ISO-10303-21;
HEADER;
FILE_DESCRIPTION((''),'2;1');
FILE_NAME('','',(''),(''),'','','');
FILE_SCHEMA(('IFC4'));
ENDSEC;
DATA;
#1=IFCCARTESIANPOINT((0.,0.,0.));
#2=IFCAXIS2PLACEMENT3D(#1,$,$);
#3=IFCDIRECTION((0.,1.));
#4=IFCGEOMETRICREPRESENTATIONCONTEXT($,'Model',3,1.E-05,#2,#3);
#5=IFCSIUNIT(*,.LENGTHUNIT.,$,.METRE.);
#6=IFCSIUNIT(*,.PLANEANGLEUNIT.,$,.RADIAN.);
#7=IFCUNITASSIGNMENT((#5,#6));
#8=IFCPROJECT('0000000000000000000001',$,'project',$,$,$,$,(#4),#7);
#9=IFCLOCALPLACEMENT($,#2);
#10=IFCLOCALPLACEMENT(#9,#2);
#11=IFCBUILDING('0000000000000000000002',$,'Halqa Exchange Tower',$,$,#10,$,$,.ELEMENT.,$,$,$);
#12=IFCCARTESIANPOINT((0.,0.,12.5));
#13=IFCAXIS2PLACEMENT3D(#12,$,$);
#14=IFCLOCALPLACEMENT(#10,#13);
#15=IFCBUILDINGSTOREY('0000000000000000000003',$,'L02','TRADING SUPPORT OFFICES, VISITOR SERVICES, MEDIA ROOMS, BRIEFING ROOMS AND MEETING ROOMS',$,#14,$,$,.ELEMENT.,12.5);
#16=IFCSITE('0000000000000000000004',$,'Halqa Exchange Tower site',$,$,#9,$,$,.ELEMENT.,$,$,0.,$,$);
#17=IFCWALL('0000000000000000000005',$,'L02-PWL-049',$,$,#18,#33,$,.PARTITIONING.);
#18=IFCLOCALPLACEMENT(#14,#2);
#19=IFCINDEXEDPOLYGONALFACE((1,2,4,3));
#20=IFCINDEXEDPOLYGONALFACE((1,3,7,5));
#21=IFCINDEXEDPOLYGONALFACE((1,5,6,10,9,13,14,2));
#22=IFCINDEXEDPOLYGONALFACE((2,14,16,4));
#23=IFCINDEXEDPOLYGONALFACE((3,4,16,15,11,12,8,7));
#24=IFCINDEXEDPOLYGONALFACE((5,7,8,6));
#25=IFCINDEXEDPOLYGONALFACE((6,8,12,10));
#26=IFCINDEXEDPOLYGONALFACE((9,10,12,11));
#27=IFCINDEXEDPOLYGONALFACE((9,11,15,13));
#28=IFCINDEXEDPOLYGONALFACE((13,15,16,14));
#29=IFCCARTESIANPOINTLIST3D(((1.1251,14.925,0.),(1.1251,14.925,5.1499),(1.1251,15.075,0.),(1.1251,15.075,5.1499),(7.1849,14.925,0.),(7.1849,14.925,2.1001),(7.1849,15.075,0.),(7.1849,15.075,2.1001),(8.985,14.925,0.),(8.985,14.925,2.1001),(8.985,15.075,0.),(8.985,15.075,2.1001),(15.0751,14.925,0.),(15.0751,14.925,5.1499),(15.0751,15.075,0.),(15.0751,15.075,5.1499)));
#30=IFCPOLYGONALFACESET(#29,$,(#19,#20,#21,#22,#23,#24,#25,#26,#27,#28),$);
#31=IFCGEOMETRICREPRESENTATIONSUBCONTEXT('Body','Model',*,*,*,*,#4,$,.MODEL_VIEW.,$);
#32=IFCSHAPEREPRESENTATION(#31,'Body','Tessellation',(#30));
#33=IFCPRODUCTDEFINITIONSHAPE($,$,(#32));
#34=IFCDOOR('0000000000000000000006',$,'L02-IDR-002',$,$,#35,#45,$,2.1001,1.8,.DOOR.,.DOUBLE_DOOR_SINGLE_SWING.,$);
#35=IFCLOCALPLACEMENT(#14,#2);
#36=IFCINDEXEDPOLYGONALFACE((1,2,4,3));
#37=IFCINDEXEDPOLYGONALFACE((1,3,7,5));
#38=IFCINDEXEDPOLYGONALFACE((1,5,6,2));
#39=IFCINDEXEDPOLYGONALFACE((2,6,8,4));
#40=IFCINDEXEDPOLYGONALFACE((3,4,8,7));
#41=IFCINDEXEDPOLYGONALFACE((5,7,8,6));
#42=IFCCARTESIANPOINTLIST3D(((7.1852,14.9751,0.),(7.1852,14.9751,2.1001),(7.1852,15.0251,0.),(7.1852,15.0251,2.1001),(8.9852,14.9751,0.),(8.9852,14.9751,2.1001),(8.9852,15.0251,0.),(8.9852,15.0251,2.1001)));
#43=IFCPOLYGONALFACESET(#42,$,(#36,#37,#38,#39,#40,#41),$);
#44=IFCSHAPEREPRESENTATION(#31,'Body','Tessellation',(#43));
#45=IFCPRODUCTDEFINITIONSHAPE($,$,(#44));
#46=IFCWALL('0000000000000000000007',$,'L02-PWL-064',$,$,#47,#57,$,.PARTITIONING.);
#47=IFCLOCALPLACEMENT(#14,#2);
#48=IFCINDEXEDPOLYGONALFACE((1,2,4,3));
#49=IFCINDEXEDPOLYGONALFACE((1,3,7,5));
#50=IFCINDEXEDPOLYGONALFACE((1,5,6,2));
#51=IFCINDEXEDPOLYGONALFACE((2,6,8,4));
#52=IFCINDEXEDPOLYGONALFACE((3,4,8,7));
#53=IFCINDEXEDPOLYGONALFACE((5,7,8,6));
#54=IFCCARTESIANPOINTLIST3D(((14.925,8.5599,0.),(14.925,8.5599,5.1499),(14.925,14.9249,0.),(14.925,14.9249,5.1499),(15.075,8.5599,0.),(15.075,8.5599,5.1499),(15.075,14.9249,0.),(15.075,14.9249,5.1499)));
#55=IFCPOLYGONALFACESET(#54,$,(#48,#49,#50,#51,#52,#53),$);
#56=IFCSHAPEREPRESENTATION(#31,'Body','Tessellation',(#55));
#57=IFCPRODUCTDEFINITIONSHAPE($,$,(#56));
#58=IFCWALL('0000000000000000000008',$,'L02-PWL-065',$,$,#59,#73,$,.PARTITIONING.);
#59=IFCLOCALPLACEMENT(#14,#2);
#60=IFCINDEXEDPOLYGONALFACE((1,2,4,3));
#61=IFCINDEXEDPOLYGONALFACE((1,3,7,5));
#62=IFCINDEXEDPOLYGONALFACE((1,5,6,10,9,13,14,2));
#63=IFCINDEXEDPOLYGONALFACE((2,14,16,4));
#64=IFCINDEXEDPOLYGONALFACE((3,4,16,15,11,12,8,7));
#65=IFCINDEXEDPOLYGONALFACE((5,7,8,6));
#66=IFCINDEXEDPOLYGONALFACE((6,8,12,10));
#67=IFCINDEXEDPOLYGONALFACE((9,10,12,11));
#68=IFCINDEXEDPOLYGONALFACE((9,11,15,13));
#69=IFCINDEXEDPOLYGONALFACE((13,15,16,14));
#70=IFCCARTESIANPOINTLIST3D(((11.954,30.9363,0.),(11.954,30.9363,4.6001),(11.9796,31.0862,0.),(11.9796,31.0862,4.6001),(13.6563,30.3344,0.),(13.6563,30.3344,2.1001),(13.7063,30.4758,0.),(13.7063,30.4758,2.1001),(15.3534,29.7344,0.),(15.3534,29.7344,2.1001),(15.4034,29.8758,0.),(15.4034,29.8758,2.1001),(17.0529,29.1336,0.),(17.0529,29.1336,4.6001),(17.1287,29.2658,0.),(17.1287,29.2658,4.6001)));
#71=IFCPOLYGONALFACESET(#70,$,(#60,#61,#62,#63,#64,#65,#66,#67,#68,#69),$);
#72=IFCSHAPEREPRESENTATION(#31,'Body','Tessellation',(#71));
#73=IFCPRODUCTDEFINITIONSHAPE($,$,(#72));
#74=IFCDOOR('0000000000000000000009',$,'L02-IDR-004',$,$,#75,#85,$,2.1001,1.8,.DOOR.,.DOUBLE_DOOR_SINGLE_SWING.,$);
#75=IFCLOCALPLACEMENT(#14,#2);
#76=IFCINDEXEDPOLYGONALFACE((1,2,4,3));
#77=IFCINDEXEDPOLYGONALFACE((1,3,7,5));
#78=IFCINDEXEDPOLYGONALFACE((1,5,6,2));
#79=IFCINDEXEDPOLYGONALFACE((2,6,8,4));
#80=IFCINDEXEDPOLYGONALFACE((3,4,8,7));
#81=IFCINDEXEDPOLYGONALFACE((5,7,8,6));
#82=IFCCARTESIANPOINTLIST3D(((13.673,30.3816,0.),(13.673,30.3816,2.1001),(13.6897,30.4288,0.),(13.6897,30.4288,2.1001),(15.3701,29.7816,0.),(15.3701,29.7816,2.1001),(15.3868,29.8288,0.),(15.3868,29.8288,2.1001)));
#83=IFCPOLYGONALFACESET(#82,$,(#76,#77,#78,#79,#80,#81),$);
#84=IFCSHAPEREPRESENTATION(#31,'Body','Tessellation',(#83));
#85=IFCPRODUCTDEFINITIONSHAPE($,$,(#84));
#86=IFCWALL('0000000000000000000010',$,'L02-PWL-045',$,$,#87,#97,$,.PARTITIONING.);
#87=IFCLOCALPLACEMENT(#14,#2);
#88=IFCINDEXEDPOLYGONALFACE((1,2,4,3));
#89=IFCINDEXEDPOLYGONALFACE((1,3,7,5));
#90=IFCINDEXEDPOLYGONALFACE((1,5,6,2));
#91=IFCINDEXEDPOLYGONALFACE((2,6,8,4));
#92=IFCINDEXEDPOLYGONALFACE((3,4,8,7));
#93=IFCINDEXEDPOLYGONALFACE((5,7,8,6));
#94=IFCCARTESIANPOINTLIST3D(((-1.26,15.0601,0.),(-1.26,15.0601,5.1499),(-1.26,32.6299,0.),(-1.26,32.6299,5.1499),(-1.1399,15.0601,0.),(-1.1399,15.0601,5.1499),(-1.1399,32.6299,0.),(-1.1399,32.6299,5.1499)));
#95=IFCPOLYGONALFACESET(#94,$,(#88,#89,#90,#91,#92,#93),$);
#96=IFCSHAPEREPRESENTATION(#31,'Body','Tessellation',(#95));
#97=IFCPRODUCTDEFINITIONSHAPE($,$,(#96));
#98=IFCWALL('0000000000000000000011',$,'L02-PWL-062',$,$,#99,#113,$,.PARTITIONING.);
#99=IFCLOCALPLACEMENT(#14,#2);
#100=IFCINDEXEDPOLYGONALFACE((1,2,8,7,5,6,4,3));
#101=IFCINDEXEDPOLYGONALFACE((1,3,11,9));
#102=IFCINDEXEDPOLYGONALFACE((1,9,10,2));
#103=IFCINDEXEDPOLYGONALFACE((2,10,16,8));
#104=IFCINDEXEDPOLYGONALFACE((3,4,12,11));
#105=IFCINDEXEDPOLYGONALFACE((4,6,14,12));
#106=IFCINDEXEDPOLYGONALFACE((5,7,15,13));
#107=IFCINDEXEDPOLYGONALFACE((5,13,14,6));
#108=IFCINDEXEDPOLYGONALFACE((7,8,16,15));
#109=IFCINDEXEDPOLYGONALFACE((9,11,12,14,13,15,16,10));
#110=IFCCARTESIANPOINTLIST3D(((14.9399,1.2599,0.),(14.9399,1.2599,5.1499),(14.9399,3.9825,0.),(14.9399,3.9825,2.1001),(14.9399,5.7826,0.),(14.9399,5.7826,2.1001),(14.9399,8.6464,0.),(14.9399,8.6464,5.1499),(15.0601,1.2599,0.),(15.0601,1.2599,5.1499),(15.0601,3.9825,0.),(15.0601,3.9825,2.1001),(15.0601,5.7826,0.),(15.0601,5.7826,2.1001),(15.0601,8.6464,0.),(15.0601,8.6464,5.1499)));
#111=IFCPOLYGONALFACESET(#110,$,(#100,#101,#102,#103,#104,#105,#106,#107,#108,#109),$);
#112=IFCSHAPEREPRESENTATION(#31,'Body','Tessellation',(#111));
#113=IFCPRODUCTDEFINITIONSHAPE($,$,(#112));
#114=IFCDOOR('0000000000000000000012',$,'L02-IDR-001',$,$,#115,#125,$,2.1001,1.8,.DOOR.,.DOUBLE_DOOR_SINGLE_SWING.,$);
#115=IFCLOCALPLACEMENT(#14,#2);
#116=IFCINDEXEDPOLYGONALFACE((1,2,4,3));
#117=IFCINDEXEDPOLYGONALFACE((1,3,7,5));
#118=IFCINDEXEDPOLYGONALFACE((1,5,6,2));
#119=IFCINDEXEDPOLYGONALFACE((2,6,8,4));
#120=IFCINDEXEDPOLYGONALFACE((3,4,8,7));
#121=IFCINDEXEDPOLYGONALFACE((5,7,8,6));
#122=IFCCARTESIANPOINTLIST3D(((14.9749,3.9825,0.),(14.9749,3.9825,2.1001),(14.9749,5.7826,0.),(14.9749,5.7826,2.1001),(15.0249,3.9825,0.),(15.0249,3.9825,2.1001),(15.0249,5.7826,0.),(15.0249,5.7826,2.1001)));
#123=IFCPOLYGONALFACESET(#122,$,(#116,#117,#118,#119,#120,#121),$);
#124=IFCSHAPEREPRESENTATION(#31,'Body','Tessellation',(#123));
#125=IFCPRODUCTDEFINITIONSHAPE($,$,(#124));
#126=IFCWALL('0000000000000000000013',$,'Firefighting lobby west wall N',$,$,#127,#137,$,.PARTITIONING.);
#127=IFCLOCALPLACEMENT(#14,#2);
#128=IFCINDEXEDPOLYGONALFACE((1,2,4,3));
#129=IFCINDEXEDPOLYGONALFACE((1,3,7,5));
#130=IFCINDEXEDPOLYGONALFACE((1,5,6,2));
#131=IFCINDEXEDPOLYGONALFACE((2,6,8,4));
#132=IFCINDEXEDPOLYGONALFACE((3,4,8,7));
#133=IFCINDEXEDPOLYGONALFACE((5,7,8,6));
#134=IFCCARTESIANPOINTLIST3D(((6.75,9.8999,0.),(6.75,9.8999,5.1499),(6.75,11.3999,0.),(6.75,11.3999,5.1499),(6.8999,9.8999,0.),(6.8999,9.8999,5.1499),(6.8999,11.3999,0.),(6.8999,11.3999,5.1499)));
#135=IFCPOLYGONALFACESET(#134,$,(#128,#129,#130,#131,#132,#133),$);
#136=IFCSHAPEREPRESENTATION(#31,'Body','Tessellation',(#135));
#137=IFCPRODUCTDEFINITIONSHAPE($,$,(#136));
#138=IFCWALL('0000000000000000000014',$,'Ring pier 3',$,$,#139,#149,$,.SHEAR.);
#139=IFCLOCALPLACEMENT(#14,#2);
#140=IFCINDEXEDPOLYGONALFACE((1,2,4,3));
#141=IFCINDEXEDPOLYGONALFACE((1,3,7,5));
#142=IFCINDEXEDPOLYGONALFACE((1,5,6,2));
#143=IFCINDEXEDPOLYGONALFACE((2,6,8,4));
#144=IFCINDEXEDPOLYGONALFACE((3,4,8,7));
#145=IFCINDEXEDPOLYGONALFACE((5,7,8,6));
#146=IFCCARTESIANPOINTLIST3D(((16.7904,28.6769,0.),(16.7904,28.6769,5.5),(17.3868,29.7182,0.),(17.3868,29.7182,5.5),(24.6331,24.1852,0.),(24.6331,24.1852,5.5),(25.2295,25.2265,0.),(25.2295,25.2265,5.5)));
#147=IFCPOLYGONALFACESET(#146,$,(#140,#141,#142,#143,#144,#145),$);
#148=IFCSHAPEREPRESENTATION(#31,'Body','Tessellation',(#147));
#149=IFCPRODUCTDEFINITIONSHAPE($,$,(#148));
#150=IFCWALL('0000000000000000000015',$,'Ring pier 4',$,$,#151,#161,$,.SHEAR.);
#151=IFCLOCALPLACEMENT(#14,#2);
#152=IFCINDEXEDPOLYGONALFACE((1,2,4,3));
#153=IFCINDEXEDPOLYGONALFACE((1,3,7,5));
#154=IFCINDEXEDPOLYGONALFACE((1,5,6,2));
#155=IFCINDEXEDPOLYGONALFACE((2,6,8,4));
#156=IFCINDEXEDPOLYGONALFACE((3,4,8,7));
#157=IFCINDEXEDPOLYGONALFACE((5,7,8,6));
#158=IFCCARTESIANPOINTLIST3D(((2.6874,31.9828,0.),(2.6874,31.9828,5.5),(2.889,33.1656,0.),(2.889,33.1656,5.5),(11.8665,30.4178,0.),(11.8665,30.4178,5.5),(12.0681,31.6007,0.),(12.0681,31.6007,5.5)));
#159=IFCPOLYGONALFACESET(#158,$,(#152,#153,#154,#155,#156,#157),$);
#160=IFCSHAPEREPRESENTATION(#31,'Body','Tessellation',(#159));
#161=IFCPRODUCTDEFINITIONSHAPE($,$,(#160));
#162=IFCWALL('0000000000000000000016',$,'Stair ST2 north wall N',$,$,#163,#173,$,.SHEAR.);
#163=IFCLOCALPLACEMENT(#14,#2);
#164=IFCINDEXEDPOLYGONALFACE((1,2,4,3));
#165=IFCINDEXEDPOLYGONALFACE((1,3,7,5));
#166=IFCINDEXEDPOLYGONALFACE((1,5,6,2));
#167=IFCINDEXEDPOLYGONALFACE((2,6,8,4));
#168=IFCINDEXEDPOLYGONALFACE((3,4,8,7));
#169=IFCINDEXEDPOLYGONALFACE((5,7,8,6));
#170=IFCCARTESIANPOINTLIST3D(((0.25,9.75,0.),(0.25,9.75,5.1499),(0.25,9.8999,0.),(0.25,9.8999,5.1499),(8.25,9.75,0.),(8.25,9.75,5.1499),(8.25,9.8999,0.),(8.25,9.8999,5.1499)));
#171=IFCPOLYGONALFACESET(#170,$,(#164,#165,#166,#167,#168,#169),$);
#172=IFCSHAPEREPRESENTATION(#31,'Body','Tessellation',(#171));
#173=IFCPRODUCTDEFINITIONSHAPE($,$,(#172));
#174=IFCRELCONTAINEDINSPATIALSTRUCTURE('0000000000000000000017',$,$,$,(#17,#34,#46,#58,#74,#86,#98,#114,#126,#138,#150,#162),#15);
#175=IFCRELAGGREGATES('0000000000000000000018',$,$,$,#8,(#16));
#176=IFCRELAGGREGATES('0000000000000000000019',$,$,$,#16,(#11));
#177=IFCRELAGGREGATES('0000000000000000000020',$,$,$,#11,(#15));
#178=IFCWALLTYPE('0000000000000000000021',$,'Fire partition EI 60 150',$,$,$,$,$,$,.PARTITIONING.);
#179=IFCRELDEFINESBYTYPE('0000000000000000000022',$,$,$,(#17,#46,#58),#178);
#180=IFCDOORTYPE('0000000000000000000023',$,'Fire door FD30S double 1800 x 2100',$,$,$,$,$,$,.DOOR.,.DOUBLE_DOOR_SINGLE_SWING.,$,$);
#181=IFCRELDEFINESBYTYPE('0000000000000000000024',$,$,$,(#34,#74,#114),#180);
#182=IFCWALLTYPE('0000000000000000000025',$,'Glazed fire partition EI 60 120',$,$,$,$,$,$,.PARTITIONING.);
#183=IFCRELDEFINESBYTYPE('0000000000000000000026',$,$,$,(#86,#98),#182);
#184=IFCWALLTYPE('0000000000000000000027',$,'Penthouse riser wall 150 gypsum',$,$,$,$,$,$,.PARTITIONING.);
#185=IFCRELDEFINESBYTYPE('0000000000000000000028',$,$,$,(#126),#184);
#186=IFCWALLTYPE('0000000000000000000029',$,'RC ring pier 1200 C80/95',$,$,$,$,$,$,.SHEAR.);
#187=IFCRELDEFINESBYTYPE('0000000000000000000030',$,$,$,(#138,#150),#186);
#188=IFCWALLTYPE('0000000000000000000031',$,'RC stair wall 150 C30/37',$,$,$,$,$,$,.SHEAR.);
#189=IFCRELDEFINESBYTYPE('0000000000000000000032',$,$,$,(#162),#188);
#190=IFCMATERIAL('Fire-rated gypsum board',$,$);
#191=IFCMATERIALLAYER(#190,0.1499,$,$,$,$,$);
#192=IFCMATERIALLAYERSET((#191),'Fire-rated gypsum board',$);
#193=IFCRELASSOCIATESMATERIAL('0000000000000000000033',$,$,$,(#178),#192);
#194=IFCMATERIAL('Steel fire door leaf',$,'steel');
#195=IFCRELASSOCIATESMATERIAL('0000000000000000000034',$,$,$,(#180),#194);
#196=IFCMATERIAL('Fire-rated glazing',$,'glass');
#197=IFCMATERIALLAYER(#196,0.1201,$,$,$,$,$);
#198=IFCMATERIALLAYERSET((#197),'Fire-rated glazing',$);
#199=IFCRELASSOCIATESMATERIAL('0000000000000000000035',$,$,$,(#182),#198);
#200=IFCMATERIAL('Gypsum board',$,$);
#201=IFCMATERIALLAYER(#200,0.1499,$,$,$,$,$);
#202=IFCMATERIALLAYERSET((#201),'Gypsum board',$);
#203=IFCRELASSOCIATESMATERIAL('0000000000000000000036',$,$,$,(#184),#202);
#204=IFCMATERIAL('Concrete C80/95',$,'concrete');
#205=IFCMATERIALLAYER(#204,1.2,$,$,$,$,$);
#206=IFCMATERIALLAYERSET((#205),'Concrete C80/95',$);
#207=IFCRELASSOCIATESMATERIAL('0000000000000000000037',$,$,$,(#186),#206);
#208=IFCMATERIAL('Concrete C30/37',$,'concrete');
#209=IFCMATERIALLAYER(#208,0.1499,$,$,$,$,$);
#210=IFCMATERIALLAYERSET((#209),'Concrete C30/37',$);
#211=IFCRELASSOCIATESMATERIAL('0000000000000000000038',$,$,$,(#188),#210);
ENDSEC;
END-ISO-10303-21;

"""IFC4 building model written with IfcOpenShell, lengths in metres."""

from ifc_helpers import new_model, si_unit, direction, frame, frame_2d, origin, place, context, subcontext, project, spatial, polyline, rectangle, outline, extrude, material, layer, layer_set, type_object, element, fill, save


model = new_model("IFC4")

# Units and contexts
model_context = context("Model", 3, precision=1e-05, world=origin(), true_north=direction((0.0, 1.0)))
body_context = subcontext(model_context, "Body", "Model", "MODEL_VIEW")
ifc_project = project(units=[si_unit("LENGTHUNIT", "METRE"), si_unit("PLANEANGLEUNIT", "RADIAN")], contexts=[model_context])

# Site, building, storey
site_placement = place(None, origin())
site = spatial("IfcSite", under=ifc_project, at=site_placement, Name="Halqa Exchange Tower site", CompositionType="ELEMENT", RefElevation=0.0)
building_placement = place(site_placement, origin())
building = spatial("IfcBuilding", under=site, at=building_placement, Name="Halqa Exchange Tower", CompositionType="ELEMENT")
storey_placement = place(building_placement, frame((0.0, 0.0, 12.5)))
storey = spatial("IfcBuildingStorey", under=building, at=storey_placement, Name="L02", Description="TRADING SUPPORT OFFICES, VISITOR SERVICES, MEDIA ROOMS, BRIEFING ROOMS AND MEETING ROOMS", CompositionType="ELEMENT", Elevation=12.5)

# Shared definitions
ifc_material_1 = material(Name="Gypsum board")

# Wall, opening, door
ifc_material_2 = material(Name="Fire-rated gypsum board")
ifc_layer_1 = layer(ifc_material_2, 0.1499)
ifc_layer_set_1 = layer_set([ifc_layer_1], Name="Fire-rated gypsum board")
wall_type_1 = type_object("IfcWallType", Name="Fire partition EI 60 150", PredefinedType="PARTITIONING", material=ifc_layer_set_1)
wall_1_placement = place(storey_placement, frame((1.125, 15.0, 0.0), z_axis=(0.0, 0.0, 1.0), x_axis=(1.0, 0.0, 0.0)))
wall_1 = element("IfcWall", 1, at=wall_1_placement, inside=storey, type_object=wall_type_1, Name="L02-PWL-049", PredefinedType="PARTITIONING", context=body_context, shape_type="SweptSolid", body=[
    extrude(rectangle(XDim=13.95, YDim=0.1499, at=frame_2d((6.9751, 0.0))), origin(), (0.0, 0.0, 1.0), 5.1499),
])
opening_1_placement = place(wall_1_placement, frame((6.0601, 0.0, 0.0)))
opening_1 = element("IfcOpeningElement", 2, at=opening_1_placement, cuts=wall_1, PredefinedType="OPENING", context=body_context, shape_type="SweptSolid", body=[
    extrude(rectangle(XDim=1.8, YDim=2.1001, at=frame_2d((0.8999, 1.05))), frame((0.0, 0.0869, 0.0), z_axis=(0.0, -1.0, 0.0), x_axis=(1.0, 0.0, 0.0)), (0.0, 0.0, 1.0), 0.1738),
])
ifc_material_3 = material(Name="Steel fire door leaf", Category="steel")
door_type_1 = type_object("IfcDoorType", Name="Fire door FD30S double 1800 x 2100", OperationType="DOUBLE_DOOR_SINGLE_SWING", PredefinedType="DOOR", material=ifc_material_3)
door_1_placement = place(opening_1_placement, frame((1.8, 0.0, 0.0), z_axis=(0.0, 0.0, 1.0), x_axis=(-1.0, 0.0, 0.0)))
door_1 = element("IfcDoor", 3, at=door_1_placement, inside=storey, type_object=door_type_1, Name="L02-IDR-002", OperationType="DOUBLE_DOOR_SINGLE_SWING", OverallHeight=2.1001, OverallWidth=1.8, PredefinedType="DOOR", context=body_context, shape_type="SweptSolid", body=[
    extrude(rectangle(XDim=1.8, YDim=2.1001, at=frame_2d((0.8999, 1.05))), frame((0.0, 0.0249, 0.0), z_axis=(0.0, -1.0, 0.0), x_axis=(1.0, 0.0, 0.0)), (0.0, 0.0, 1.0), 0.05),
])
fill(opening_1, door_1)

# Wall
wall_2_placement = place(storey_placement, frame((15.0, 14.925, 0.0), z_axis=(0.0, 0.0, 1.0), x_axis=(0.0, -1.0, 0.0)))
element("IfcWall", 4, at=wall_2_placement, inside=storey, type_object=wall_type_1, Name="L02-PWL-064", PredefinedType="PARTITIONING", context=body_context, shape_type="SweptSolid", body=[
    extrude(rectangle(XDim=6.365, YDim=0.1499, at=frame_2d((3.1826, 0.0))), origin(), (0.0, 0.0, 1.0), 5.1499),
])

# Wall, opening, door
wall_3_placement = place(storey_placement, frame((17.0908, 29.1997, 0.0), z_axis=(0.0, 0.0, 1.0), x_axis=(-0.942814, 0.333318, 0.0)))
wall_3 = element("IfcWall", 5, at=wall_3_placement, inside=storey, type_object=wall_type_1, Name="L02-PWL-065", PredefinedType="PARTITIONING", context=body_context, shape_type="SweptSolid", body=[
    extrude(outline(polyline([(-0.0137, -0.075), (5.4478, -0.075), (5.4219, 0.075), (0.0137, 0.075), (-0.0137, -0.075)])), origin(), (0.0, 0.0, 1.0), 4.6001),
])
opening_2_placement = place(wall_3_placement, frame((1.8164, 0.0, 0.0)))
opening_2 = element("IfcOpeningElement", 6, at=opening_2_placement, cuts=wall_3, PredefinedType="OPENING", context=body_context, shape_type="SweptSolid", body=[
    extrude(rectangle(XDim=1.8, YDim=2.1001, at=frame_2d((0.8999, 1.05))), frame((0.0, 0.0869, 0.0), z_axis=(0.0, -1.0, 0.0), x_axis=(1.0, 0.0, 0.0)), (0.0, 0.0, 1.0), 0.1738),
])
door_2_placement = place(opening_2_placement, origin())
door_2 = element("IfcDoor", 7, at=door_2_placement, inside=storey, type_object=door_type_1, Name="L02-IDR-004", OperationType="DOUBLE_DOOR_SINGLE_SWING", OverallHeight=2.1001, OverallWidth=1.8, PredefinedType="DOOR", context=body_context, shape_type="SweptSolid", body=[
    extrude(rectangle(XDim=1.8, YDim=2.1001, at=frame_2d((0.8999, 1.05))), frame((0.0, 0.0249, 0.0), z_axis=(0.0, -1.0, 0.0), x_axis=(1.0, 0.0, 0.0)), (0.0, 0.0, 1.0), 0.05),
])
fill(opening_2, door_2)

# Wall
ifc_material_4 = material(Name="Fire-rated glazing", Category="glass")
ifc_layer_2 = layer(ifc_material_4, 0.1201)
ifc_layer_set_2 = layer_set([ifc_layer_2], Name="Fire-rated glazing")
wall_type_2 = type_object("IfcWallType", Name="Glazed fire partition EI 60 120", PredefinedType="PARTITIONING", material=ifc_layer_set_2)
wall_4_placement = place(storey_placement, frame((-1.2, 15.0601, 0.0), z_axis=(0.0, 0.0, 1.0), x_axis=(0.0, 1.0, 0.0)))
element("IfcWall", 8, at=wall_4_placement, inside=storey, type_object=wall_type_2, Name="L02-PWL-045", PredefinedType="PARTITIONING", context=body_context, shape_type="SweptSolid", body=[
    extrude(rectangle(XDim=17.5698, YDim=0.1201, at=frame_2d((8.7849, 0.0))), origin(), (0.0, 0.0, 1.0), 5.1499),
])

# Wall, opening, door
wall_5_placement = place(storey_placement, frame((15.0, 8.6465, 0.0), z_axis=(0.0, 0.0, 1.0), x_axis=(0.0, -1.0, 0.0)))
wall_5 = element("IfcWall", 9, at=wall_5_placement, inside=storey, type_object=wall_type_2, Name="L02-PWL-062", PredefinedType="PARTITIONING", context=body_context, shape_type="SweptSolid", body=[
    extrude(rectangle(XDim=7.3865, YDim=0.1201, at=frame_2d((3.6934, 0.0))), origin(), (0.0, 0.0, 1.0), 5.1499),
])
opening_3_placement = place(wall_5_placement, frame((2.864, 0.0, 0.0)))
opening_3 = element("IfcOpeningElement", 10, at=opening_3_placement, cuts=wall_5, PredefinedType="OPENING", context=body_context, shape_type="SweptSolid", body=[
    extrude(rectangle(XDim=1.8, YDim=2.1001, at=frame_2d((0.8999, 1.05))), frame((0.0, 0.072, 0.0), z_axis=(0.0, -1.0, 0.0), x_axis=(1.0, 0.0, 0.0)), (0.0, 0.0, 1.0), 0.144),
])
door_3_placement = place(opening_3_placement, origin())
door_3 = element("IfcDoor", 11, at=door_3_placement, inside=storey, type_object=door_type_1, Name="L02-IDR-001", OperationType="DOUBLE_DOOR_SINGLE_SWING", OverallHeight=2.1001, OverallWidth=1.8, PredefinedType="DOOR", context=body_context, shape_type="SweptSolid", body=[
    extrude(rectangle(XDim=1.8, YDim=2.1001, at=frame_2d((0.8999, 1.05))), frame((0.0, 0.0249, 0.0), z_axis=(0.0, -1.0, 0.0), x_axis=(1.0, 0.0, 0.0)), (0.0, 0.0, 1.0), 0.05),
])
fill(opening_3, door_3)

# Walls
ifc_layer_3 = layer(ifc_material_1, 0.1499)
ifc_layer_set_3 = layer_set([ifc_layer_3], Name="Gypsum board")
wall_type_3 = type_object("IfcWallType", Name="Penthouse riser wall 150 gypsum", PredefinedType="PARTITIONING", material=ifc_layer_set_3)
wall_6_placement = place(storey_placement, frame((6.825, 9.8999, 0.0), z_axis=(0.0, 0.0, 1.0), x_axis=(0.0, 1.0, 0.0)))
element("IfcWall", 12, at=wall_6_placement, inside=storey, type_object=wall_type_3, Name="Firefighting lobby west wall N", PredefinedType="PARTITIONING", context=body_context, shape_type="SweptSolid", body=[
    extrude(rectangle(XDim=1.5, YDim=0.1499, at=frame_2d((0.75, 0.0))), origin(), (0.0, 0.0, 1.0), 5.1499),
])
ifc_material_5 = material(Name="Concrete C80/95", Category="concrete")
ifc_layer_4 = layer(ifc_material_5, 1.2)
ifc_layer_set_4 = layer_set([ifc_layer_4], Name="Concrete C80/95")
wall_type_4 = type_object("IfcWallType", Name="RC ring pier 1200 C80/95", PredefinedType="SHEAR", material=ifc_layer_set_4)
wall_7_placement = place(storey_placement, frame((24.9314, 24.7058, 0.0), z_axis=(0.0, 0.0, 1.0), x_axis=(-0.867761, 0.496982, 0.0)))
element("IfcWall", 13, at=wall_7_placement, inside=storey, type_object=wall_type_4, Name="Ring pier 3", PredefinedType="SHEAR", context=body_context, shape_type="SweptSolid", body=[
    extrude(rectangle(XDim=9.0378, YDim=1.2, at=frame_2d((4.519, 0.0))), origin(), (0.0, 0.0, 1.0), 5.5),
])
wall_8_placement = place(storey_placement, frame((11.9673, 31.0093, 0.0), z_axis=(0.0, 0.0, 1.0), x_axis=(-0.985776, 0.168063, 0.0)))
element("IfcWall", 14, at=wall_8_placement, inside=storey, type_object=wall_type_4, Name="Ring pier 4", PredefinedType="SHEAR", context=body_context, shape_type="SweptSolid", body=[
    extrude(rectangle(XDim=9.3115, YDim=1.2, at=frame_2d((4.6558, 0.0))), origin(), (0.0, 0.0, 1.0), 5.5),
])
ifc_material_6 = material(Name="Concrete C30/37", Category="concrete")
ifc_layer_5 = layer(ifc_material_6, 0.1499)
ifc_layer_set_5 = layer_set([ifc_layer_5], Name="Concrete C30/37")
wall_type_5 = type_object("IfcWallType", Name="RC stair wall 150 C30/37", PredefinedType="SHEAR", material=ifc_layer_set_5)
wall_9_placement = place(storey_placement, frame((0.25, 9.825, 0.0), z_axis=(0.0, 0.0, 1.0), x_axis=(1.0, 0.0, 0.0)))
element("IfcWall", 15, at=wall_9_placement, inside=storey, type_object=wall_type_5, Name="Stair ST2 north wall N", PredefinedType="SHEAR", context=body_context, shape_type="SweptSolid", body=[
    extrude(rectangle(XDim=8.0, YDim=0.1499, at=frame_2d((4.0, 0.0))), origin(), (0.0, 0.0, 1.0), 5.1499),
])

save(model, "model.ifc")
